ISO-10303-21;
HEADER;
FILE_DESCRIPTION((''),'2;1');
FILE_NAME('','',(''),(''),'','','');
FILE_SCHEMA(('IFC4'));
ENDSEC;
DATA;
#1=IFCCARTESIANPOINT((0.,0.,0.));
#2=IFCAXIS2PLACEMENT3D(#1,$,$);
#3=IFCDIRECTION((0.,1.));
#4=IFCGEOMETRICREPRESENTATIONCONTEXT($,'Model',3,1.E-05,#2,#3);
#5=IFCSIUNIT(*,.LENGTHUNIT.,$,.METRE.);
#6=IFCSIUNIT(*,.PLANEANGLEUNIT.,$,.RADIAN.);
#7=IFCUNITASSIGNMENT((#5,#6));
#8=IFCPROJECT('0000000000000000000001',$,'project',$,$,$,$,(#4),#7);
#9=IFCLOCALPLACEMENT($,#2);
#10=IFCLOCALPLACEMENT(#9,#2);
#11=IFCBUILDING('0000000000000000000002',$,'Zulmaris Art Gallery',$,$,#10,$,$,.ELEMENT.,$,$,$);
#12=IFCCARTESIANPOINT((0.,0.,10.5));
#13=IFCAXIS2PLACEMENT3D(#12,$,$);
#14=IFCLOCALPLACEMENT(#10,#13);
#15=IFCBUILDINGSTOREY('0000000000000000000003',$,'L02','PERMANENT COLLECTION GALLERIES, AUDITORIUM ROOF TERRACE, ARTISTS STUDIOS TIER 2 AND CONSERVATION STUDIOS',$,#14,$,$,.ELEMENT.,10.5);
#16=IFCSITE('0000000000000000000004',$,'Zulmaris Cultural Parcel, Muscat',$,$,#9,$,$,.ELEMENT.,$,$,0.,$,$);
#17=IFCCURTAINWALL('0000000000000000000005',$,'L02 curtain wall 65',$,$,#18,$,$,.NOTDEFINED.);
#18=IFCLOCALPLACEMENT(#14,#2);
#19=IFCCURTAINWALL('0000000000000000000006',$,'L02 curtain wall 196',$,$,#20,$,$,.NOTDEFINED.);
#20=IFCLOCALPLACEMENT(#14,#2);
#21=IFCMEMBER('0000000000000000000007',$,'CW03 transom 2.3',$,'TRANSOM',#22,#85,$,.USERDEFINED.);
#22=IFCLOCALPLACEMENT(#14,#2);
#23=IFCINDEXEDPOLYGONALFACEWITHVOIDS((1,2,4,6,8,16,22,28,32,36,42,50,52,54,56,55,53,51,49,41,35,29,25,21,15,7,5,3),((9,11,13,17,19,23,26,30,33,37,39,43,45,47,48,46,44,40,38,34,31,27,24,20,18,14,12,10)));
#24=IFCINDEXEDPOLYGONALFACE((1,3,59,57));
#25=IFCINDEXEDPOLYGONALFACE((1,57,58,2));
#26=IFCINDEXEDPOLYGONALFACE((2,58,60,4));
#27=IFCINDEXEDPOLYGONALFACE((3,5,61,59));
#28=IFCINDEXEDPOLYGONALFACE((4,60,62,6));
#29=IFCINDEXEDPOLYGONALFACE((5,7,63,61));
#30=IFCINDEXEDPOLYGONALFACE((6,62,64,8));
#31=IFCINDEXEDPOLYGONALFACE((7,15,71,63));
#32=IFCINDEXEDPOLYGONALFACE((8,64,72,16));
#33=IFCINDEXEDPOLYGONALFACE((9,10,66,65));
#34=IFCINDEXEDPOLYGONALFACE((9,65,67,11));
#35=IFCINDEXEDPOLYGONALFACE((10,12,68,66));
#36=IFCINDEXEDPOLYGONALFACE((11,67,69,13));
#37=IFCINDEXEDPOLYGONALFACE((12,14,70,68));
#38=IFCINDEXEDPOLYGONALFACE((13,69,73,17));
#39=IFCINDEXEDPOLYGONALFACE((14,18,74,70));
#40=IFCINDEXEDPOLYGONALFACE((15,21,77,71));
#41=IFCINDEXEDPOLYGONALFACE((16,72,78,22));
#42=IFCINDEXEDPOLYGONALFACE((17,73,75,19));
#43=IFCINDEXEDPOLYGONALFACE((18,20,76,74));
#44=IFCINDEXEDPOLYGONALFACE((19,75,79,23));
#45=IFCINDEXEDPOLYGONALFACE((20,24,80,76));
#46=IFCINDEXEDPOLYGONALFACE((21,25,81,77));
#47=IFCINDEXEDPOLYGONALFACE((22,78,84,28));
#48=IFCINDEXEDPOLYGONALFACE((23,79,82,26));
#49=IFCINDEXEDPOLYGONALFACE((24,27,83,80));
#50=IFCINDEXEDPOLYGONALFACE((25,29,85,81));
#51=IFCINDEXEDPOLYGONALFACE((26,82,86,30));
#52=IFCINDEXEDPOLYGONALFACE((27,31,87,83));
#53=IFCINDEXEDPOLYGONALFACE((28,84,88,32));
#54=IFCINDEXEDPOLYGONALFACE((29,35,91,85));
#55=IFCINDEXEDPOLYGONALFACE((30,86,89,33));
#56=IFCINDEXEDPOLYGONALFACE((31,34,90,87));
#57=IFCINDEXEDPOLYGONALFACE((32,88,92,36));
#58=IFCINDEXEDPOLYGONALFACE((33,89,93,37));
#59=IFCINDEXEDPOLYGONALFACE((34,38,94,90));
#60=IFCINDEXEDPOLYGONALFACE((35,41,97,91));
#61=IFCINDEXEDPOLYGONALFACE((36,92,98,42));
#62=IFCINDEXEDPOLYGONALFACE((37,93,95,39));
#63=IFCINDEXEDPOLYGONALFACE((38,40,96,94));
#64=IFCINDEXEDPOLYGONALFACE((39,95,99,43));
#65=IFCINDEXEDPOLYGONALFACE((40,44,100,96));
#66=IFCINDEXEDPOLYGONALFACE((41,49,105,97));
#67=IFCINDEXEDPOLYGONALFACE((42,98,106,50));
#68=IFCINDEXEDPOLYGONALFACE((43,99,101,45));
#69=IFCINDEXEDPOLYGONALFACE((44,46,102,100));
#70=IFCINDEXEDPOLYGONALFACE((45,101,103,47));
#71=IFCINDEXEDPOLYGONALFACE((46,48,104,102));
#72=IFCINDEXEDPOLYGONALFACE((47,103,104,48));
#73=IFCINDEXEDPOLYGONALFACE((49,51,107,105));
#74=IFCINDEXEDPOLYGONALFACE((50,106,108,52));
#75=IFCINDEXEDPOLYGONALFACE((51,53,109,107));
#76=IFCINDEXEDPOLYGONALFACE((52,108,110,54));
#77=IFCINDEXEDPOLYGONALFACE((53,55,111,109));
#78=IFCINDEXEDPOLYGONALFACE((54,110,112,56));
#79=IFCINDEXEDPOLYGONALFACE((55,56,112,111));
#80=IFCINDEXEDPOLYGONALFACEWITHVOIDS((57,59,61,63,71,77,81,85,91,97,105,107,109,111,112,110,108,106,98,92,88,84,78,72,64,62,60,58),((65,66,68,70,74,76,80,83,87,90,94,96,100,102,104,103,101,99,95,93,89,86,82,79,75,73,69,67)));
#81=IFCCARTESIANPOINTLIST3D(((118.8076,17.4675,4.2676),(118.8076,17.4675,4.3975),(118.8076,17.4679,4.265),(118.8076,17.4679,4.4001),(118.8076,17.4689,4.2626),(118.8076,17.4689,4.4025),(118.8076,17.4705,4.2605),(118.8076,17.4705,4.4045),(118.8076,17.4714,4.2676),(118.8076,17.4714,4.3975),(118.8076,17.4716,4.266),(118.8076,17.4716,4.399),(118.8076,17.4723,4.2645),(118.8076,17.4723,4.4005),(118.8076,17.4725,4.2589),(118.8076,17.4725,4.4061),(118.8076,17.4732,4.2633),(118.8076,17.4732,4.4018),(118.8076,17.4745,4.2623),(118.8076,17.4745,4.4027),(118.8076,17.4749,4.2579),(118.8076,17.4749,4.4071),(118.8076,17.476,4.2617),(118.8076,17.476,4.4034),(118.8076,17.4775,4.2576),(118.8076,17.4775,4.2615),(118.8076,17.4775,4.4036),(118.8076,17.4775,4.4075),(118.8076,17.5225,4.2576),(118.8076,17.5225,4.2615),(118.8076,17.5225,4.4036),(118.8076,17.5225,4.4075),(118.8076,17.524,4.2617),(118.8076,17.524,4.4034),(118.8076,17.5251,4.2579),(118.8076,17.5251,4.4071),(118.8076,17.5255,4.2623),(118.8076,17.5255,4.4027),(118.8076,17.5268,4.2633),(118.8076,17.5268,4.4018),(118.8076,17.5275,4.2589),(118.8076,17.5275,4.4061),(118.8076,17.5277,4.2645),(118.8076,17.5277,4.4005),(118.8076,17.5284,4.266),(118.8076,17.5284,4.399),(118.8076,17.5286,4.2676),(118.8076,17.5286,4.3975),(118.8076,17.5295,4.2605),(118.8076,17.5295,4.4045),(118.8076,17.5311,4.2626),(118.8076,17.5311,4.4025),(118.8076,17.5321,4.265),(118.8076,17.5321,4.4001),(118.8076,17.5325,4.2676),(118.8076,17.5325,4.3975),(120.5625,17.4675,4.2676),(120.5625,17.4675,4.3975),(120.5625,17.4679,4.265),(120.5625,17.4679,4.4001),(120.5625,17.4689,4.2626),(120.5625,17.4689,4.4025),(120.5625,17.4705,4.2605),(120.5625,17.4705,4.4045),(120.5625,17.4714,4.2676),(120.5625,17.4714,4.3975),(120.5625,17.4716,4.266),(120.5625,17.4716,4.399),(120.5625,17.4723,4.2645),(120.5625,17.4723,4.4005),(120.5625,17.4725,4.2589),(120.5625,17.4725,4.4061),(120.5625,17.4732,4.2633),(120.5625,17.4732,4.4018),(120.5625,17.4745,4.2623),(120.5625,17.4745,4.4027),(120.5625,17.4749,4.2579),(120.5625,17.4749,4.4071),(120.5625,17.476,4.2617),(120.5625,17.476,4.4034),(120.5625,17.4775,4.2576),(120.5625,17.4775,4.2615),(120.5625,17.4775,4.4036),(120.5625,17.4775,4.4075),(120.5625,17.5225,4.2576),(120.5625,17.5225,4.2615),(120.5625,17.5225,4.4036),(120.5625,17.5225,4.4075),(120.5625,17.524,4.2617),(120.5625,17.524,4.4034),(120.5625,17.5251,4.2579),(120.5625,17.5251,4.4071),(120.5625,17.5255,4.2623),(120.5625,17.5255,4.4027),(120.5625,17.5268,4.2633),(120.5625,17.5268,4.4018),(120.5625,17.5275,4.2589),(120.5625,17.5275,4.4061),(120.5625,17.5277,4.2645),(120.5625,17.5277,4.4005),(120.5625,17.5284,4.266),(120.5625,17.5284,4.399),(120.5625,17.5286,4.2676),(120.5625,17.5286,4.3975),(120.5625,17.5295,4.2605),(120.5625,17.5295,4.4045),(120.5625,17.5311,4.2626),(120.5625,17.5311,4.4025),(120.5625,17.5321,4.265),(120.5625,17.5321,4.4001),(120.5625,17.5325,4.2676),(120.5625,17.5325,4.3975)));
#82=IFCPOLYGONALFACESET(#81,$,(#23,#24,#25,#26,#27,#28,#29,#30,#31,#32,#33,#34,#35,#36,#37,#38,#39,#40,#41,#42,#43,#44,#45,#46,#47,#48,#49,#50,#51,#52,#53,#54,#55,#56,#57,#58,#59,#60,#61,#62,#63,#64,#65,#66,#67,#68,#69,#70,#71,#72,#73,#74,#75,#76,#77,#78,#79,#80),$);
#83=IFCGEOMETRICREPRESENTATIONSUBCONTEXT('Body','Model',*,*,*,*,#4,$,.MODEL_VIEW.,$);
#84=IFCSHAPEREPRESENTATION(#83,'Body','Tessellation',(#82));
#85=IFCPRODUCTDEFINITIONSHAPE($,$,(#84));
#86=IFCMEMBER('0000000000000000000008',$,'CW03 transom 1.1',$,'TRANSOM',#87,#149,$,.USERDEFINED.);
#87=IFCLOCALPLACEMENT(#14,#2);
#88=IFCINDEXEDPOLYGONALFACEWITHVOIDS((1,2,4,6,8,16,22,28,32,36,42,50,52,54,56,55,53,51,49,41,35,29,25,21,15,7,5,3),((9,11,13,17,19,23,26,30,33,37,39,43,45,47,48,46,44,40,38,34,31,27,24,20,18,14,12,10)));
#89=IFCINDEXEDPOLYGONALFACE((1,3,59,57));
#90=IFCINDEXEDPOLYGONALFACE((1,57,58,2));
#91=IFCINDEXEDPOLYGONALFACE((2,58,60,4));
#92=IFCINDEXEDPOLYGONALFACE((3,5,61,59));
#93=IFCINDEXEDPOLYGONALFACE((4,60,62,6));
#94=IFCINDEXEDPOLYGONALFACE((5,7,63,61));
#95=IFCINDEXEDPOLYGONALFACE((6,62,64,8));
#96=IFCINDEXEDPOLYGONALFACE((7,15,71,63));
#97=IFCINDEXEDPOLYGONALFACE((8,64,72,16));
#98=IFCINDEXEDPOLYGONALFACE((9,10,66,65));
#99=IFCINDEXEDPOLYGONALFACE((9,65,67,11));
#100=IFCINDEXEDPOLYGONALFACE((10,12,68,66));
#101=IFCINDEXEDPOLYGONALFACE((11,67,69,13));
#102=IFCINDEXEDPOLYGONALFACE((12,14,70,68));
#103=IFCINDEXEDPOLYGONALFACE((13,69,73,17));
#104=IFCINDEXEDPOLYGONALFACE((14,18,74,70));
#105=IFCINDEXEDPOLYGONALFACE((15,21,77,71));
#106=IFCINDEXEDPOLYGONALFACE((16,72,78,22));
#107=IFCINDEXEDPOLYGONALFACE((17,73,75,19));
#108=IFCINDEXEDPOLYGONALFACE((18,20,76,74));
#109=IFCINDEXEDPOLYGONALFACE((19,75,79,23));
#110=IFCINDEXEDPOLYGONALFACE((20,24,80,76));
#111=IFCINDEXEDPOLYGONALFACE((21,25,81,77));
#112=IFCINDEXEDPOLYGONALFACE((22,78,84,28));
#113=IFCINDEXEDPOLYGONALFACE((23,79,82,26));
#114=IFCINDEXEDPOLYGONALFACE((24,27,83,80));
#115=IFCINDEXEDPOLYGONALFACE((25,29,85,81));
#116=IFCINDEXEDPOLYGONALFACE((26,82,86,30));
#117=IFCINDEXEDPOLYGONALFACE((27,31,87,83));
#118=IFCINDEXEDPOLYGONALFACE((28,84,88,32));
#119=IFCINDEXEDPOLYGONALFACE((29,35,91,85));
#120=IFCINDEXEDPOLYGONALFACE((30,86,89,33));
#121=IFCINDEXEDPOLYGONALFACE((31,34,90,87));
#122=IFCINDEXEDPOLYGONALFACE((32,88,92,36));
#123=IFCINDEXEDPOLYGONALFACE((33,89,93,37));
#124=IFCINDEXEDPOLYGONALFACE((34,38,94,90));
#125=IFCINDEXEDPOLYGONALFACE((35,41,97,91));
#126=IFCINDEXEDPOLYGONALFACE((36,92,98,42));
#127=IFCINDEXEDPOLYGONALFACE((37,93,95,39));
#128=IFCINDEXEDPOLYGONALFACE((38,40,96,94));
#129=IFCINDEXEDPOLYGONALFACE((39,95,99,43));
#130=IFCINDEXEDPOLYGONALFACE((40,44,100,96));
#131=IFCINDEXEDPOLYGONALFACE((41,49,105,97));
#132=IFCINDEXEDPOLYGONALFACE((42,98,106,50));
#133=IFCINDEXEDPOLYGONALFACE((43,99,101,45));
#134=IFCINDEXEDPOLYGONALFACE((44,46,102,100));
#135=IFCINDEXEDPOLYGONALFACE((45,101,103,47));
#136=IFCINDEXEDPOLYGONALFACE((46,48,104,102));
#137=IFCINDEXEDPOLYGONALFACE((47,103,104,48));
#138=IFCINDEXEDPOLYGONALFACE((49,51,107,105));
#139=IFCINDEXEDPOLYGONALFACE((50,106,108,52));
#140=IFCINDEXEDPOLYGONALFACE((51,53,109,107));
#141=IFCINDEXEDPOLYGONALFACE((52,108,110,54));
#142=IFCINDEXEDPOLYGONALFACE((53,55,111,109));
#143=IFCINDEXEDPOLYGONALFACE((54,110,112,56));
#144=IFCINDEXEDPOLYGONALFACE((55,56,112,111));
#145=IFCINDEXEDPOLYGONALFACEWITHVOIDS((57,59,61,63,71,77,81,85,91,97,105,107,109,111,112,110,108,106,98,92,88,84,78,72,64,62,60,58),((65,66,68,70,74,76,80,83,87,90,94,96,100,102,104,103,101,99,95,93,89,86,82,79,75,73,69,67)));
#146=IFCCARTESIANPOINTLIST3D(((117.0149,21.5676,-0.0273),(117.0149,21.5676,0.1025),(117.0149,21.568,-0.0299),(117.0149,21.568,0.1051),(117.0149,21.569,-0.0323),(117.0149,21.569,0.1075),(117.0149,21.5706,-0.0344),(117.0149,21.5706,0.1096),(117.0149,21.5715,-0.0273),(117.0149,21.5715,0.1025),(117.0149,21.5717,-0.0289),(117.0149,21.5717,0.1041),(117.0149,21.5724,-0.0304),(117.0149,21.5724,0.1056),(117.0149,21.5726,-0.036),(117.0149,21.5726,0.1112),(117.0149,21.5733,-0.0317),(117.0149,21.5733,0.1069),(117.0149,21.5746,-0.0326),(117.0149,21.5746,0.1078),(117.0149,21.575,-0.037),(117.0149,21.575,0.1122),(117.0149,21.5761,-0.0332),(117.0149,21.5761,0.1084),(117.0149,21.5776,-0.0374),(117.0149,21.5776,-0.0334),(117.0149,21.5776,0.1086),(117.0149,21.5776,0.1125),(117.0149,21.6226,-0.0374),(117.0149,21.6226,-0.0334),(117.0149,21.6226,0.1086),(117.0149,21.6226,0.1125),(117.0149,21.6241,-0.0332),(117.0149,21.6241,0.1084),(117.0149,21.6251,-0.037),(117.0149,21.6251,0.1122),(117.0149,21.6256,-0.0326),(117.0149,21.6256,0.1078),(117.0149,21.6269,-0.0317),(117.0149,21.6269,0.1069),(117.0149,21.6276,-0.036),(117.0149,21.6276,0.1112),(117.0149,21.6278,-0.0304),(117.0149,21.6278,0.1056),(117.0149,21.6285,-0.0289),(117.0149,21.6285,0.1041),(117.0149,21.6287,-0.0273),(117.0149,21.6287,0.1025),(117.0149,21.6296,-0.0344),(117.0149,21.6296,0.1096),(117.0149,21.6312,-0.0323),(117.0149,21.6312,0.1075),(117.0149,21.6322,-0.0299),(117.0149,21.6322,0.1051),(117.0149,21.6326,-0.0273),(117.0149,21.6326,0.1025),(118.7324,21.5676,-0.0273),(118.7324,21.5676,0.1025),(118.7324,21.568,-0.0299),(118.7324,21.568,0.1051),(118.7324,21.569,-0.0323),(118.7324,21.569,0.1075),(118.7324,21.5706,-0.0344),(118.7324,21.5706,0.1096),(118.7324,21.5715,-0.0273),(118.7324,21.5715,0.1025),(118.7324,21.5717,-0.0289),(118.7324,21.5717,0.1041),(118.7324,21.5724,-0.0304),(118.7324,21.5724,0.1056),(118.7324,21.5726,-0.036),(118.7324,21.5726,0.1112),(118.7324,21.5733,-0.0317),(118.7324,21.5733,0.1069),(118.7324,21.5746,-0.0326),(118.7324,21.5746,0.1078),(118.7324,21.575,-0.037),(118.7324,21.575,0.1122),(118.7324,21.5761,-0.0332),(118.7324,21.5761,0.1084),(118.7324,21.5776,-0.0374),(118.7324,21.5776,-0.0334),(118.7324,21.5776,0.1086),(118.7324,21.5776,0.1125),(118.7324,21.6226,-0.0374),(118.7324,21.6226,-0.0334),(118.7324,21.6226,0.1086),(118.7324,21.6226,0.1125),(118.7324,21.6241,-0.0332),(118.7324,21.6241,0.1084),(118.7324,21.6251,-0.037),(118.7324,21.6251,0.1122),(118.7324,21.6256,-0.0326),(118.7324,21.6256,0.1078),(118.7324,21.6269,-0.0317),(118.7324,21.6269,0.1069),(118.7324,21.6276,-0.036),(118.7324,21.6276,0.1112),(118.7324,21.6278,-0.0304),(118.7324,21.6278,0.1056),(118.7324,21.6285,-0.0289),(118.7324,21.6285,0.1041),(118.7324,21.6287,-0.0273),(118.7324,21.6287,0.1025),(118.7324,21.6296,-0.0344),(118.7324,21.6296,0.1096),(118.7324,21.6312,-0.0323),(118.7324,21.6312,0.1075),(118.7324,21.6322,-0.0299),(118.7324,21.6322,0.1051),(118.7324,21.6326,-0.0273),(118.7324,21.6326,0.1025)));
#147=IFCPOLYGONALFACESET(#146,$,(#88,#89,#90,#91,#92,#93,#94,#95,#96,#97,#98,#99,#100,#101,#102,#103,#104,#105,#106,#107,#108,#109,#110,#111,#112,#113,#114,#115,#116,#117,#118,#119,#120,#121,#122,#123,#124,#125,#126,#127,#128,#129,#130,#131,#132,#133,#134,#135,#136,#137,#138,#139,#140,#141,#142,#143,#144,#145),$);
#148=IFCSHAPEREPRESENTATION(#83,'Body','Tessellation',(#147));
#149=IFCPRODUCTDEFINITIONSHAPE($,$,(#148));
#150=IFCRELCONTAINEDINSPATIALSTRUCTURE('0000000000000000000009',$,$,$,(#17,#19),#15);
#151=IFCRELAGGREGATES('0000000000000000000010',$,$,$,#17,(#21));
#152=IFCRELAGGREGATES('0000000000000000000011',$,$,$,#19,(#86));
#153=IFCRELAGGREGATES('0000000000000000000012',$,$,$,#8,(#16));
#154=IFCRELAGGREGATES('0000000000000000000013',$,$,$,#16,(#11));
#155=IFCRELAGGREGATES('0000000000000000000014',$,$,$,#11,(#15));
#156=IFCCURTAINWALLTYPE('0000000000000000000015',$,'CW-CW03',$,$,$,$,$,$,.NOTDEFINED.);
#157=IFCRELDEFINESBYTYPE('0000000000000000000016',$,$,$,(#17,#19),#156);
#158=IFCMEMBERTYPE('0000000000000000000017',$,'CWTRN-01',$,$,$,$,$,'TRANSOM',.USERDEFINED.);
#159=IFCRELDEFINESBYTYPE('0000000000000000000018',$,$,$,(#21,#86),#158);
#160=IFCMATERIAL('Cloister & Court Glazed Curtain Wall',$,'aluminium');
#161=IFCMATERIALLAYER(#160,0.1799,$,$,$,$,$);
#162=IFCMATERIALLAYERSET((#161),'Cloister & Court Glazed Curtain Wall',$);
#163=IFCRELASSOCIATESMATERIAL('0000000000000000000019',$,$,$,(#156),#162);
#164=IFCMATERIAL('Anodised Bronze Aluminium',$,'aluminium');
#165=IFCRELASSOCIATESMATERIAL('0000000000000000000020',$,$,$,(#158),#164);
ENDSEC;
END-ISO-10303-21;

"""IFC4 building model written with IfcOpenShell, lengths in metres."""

from ifc_helpers import new_model, si_unit, direction, frame, origin, origin_2d, place, context, subcontext, project, spatial, hollow_rectangle, extrude, material, layer, layer_set, material_profile, profile_set, type_object, element, aggregate, save


model = new_model("IFC4")

# Units and contexts
model_context = context("Model", 3, precision=1e-05, world=origin(), true_north=direction((0.0, 1.0)))
body_context = subcontext(model_context, "Body", "Model", "MODEL_VIEW")
ifc_project = project(units=[si_unit("LENGTHUNIT", "METRE"), si_unit("PLANEANGLEUNIT", "RADIAN")], contexts=[model_context])

# Site, building, storey
site_placement = place(None, origin())
site = spatial("IfcSite", under=ifc_project, at=site_placement, Name="Zulmaris Cultural Parcel, Muscat", CompositionType="ELEMENT", RefElevation=0.0)
building_placement = place(site_placement, origin())
building = spatial("IfcBuilding", under=site, at=building_placement, Name="Zulmaris Art Gallery", CompositionType="ELEMENT")
storey_placement = place(building_placement, frame((0.0, 0.0, 10.5)))
storey = spatial("IfcBuildingStorey", under=building, at=storey_placement, Name="L02", Description="PERMANENT COLLECTION GALLERIES, AUDITORIUM ROOF TERRACE, ARTISTS STUDIOS TIER 2 AND CONSERVATION STUDIOS", CompositionType="ELEMENT", Elevation=10.5)

# Curtain walls
ifc_material_1 = material(Name="Cloister & Court Glazed Curtain Wall", Category="aluminium")
ifc_layer_1 = layer(ifc_material_1, 0.1799)
ifc_layer_set_1 = layer_set([ifc_layer_1], Name="Cloister & Court Glazed Curtain Wall")
curtain_wall_type = type_object("IfcCurtainWallType", Name="CW-CW03", PredefinedType="NOTDEFINED", material=ifc_layer_set_1)
curtain_wall_1_placement = place(storey_placement, origin())
curtain_wall_1 = element("IfcCurtainWall", 1, at=curtain_wall_1_placement, inside=storey, type_object=curtain_wall_type, Name="L02 curtain wall 65", PredefinedType="NOTDEFINED")
ifc_material_2 = material(Name="Anodised Bronze Aluminium", Category="aluminium")
curtain_wall_2_placement = place(storey_placement, origin())
curtain_wall_2 = element("IfcCurtainWall", 2, at=curtain_wall_2_placement, inside=storey, type_object=curtain_wall_type, Name="L02 curtain wall 196", PredefinedType="NOTDEFINED")

# Members
ifc_material_profile_1 = material_profile(ifc_material_2, hollow_rectangle(XDim=0.0649, YDim=0.1499, WallThickness=0.0039, InnerFilletRadius=0.0061, OuterFilletRadius=0.01, at=origin_2d()), Name="ALU 65x150x4")
ifc_profile_set_1 = profile_set([ifc_material_profile_1], Name="Anodised Bronze Aluminium")
member_type_1 = type_object("IfcMemberType", Name="CWTRN-01", ElementType="TRANSOM", PredefinedType="USERDEFINED", material=ifc_profile_set_1)
member_1_placement = place(storey_placement, frame((118.8076, 17.5, 4.3325), z_axis=(1.0, 0.0, 0.0), x_axis=(0.0, 1.0, 0.0)))
member_1 = element("IfcMember", 3, at=member_1_placement, type_object=member_type_1, Name="CW03 transom 2.3", ObjectType="TRANSOM", PredefinedType="USERDEFINED", context=body_context, shape_type="SweptSolid", body=[
    extrude(hollow_rectangle(XDim=0.0649, YDim=0.1499, WallThickness=0.0039, InnerFilletRadius=0.0061, OuterFilletRadius=0.01, at=origin_2d()), origin(), (0.0, 0.0, 1.0), 1.7549),
])
member_2_placement = place(storey_placement, frame((117.0149, 21.6001, 0.0376), z_axis=(1.0, 0.0, 0.0), x_axis=(0.0, 1.0, 0.0)))
member_2 = element("IfcMember", 4, at=member_2_placement, type_object=member_type_1, Name="CW03 transom 1.1", ObjectType="TRANSOM", PredefinedType="USERDEFINED", context=body_context, shape_type="SweptSolid", body=[
    extrude(hollow_rectangle(XDim=0.0649, YDim=0.1499, WallThickness=0.0039, InnerFilletRadius=0.0061, OuterFilletRadius=0.01, at=origin_2d()), origin(), (0.0, 0.0, 1.0), 1.7175),
])

aggregate(curtain_wall_1, [member_1])
aggregate(curtain_wall_2, [member_2])

save(model, "model.ifc")
